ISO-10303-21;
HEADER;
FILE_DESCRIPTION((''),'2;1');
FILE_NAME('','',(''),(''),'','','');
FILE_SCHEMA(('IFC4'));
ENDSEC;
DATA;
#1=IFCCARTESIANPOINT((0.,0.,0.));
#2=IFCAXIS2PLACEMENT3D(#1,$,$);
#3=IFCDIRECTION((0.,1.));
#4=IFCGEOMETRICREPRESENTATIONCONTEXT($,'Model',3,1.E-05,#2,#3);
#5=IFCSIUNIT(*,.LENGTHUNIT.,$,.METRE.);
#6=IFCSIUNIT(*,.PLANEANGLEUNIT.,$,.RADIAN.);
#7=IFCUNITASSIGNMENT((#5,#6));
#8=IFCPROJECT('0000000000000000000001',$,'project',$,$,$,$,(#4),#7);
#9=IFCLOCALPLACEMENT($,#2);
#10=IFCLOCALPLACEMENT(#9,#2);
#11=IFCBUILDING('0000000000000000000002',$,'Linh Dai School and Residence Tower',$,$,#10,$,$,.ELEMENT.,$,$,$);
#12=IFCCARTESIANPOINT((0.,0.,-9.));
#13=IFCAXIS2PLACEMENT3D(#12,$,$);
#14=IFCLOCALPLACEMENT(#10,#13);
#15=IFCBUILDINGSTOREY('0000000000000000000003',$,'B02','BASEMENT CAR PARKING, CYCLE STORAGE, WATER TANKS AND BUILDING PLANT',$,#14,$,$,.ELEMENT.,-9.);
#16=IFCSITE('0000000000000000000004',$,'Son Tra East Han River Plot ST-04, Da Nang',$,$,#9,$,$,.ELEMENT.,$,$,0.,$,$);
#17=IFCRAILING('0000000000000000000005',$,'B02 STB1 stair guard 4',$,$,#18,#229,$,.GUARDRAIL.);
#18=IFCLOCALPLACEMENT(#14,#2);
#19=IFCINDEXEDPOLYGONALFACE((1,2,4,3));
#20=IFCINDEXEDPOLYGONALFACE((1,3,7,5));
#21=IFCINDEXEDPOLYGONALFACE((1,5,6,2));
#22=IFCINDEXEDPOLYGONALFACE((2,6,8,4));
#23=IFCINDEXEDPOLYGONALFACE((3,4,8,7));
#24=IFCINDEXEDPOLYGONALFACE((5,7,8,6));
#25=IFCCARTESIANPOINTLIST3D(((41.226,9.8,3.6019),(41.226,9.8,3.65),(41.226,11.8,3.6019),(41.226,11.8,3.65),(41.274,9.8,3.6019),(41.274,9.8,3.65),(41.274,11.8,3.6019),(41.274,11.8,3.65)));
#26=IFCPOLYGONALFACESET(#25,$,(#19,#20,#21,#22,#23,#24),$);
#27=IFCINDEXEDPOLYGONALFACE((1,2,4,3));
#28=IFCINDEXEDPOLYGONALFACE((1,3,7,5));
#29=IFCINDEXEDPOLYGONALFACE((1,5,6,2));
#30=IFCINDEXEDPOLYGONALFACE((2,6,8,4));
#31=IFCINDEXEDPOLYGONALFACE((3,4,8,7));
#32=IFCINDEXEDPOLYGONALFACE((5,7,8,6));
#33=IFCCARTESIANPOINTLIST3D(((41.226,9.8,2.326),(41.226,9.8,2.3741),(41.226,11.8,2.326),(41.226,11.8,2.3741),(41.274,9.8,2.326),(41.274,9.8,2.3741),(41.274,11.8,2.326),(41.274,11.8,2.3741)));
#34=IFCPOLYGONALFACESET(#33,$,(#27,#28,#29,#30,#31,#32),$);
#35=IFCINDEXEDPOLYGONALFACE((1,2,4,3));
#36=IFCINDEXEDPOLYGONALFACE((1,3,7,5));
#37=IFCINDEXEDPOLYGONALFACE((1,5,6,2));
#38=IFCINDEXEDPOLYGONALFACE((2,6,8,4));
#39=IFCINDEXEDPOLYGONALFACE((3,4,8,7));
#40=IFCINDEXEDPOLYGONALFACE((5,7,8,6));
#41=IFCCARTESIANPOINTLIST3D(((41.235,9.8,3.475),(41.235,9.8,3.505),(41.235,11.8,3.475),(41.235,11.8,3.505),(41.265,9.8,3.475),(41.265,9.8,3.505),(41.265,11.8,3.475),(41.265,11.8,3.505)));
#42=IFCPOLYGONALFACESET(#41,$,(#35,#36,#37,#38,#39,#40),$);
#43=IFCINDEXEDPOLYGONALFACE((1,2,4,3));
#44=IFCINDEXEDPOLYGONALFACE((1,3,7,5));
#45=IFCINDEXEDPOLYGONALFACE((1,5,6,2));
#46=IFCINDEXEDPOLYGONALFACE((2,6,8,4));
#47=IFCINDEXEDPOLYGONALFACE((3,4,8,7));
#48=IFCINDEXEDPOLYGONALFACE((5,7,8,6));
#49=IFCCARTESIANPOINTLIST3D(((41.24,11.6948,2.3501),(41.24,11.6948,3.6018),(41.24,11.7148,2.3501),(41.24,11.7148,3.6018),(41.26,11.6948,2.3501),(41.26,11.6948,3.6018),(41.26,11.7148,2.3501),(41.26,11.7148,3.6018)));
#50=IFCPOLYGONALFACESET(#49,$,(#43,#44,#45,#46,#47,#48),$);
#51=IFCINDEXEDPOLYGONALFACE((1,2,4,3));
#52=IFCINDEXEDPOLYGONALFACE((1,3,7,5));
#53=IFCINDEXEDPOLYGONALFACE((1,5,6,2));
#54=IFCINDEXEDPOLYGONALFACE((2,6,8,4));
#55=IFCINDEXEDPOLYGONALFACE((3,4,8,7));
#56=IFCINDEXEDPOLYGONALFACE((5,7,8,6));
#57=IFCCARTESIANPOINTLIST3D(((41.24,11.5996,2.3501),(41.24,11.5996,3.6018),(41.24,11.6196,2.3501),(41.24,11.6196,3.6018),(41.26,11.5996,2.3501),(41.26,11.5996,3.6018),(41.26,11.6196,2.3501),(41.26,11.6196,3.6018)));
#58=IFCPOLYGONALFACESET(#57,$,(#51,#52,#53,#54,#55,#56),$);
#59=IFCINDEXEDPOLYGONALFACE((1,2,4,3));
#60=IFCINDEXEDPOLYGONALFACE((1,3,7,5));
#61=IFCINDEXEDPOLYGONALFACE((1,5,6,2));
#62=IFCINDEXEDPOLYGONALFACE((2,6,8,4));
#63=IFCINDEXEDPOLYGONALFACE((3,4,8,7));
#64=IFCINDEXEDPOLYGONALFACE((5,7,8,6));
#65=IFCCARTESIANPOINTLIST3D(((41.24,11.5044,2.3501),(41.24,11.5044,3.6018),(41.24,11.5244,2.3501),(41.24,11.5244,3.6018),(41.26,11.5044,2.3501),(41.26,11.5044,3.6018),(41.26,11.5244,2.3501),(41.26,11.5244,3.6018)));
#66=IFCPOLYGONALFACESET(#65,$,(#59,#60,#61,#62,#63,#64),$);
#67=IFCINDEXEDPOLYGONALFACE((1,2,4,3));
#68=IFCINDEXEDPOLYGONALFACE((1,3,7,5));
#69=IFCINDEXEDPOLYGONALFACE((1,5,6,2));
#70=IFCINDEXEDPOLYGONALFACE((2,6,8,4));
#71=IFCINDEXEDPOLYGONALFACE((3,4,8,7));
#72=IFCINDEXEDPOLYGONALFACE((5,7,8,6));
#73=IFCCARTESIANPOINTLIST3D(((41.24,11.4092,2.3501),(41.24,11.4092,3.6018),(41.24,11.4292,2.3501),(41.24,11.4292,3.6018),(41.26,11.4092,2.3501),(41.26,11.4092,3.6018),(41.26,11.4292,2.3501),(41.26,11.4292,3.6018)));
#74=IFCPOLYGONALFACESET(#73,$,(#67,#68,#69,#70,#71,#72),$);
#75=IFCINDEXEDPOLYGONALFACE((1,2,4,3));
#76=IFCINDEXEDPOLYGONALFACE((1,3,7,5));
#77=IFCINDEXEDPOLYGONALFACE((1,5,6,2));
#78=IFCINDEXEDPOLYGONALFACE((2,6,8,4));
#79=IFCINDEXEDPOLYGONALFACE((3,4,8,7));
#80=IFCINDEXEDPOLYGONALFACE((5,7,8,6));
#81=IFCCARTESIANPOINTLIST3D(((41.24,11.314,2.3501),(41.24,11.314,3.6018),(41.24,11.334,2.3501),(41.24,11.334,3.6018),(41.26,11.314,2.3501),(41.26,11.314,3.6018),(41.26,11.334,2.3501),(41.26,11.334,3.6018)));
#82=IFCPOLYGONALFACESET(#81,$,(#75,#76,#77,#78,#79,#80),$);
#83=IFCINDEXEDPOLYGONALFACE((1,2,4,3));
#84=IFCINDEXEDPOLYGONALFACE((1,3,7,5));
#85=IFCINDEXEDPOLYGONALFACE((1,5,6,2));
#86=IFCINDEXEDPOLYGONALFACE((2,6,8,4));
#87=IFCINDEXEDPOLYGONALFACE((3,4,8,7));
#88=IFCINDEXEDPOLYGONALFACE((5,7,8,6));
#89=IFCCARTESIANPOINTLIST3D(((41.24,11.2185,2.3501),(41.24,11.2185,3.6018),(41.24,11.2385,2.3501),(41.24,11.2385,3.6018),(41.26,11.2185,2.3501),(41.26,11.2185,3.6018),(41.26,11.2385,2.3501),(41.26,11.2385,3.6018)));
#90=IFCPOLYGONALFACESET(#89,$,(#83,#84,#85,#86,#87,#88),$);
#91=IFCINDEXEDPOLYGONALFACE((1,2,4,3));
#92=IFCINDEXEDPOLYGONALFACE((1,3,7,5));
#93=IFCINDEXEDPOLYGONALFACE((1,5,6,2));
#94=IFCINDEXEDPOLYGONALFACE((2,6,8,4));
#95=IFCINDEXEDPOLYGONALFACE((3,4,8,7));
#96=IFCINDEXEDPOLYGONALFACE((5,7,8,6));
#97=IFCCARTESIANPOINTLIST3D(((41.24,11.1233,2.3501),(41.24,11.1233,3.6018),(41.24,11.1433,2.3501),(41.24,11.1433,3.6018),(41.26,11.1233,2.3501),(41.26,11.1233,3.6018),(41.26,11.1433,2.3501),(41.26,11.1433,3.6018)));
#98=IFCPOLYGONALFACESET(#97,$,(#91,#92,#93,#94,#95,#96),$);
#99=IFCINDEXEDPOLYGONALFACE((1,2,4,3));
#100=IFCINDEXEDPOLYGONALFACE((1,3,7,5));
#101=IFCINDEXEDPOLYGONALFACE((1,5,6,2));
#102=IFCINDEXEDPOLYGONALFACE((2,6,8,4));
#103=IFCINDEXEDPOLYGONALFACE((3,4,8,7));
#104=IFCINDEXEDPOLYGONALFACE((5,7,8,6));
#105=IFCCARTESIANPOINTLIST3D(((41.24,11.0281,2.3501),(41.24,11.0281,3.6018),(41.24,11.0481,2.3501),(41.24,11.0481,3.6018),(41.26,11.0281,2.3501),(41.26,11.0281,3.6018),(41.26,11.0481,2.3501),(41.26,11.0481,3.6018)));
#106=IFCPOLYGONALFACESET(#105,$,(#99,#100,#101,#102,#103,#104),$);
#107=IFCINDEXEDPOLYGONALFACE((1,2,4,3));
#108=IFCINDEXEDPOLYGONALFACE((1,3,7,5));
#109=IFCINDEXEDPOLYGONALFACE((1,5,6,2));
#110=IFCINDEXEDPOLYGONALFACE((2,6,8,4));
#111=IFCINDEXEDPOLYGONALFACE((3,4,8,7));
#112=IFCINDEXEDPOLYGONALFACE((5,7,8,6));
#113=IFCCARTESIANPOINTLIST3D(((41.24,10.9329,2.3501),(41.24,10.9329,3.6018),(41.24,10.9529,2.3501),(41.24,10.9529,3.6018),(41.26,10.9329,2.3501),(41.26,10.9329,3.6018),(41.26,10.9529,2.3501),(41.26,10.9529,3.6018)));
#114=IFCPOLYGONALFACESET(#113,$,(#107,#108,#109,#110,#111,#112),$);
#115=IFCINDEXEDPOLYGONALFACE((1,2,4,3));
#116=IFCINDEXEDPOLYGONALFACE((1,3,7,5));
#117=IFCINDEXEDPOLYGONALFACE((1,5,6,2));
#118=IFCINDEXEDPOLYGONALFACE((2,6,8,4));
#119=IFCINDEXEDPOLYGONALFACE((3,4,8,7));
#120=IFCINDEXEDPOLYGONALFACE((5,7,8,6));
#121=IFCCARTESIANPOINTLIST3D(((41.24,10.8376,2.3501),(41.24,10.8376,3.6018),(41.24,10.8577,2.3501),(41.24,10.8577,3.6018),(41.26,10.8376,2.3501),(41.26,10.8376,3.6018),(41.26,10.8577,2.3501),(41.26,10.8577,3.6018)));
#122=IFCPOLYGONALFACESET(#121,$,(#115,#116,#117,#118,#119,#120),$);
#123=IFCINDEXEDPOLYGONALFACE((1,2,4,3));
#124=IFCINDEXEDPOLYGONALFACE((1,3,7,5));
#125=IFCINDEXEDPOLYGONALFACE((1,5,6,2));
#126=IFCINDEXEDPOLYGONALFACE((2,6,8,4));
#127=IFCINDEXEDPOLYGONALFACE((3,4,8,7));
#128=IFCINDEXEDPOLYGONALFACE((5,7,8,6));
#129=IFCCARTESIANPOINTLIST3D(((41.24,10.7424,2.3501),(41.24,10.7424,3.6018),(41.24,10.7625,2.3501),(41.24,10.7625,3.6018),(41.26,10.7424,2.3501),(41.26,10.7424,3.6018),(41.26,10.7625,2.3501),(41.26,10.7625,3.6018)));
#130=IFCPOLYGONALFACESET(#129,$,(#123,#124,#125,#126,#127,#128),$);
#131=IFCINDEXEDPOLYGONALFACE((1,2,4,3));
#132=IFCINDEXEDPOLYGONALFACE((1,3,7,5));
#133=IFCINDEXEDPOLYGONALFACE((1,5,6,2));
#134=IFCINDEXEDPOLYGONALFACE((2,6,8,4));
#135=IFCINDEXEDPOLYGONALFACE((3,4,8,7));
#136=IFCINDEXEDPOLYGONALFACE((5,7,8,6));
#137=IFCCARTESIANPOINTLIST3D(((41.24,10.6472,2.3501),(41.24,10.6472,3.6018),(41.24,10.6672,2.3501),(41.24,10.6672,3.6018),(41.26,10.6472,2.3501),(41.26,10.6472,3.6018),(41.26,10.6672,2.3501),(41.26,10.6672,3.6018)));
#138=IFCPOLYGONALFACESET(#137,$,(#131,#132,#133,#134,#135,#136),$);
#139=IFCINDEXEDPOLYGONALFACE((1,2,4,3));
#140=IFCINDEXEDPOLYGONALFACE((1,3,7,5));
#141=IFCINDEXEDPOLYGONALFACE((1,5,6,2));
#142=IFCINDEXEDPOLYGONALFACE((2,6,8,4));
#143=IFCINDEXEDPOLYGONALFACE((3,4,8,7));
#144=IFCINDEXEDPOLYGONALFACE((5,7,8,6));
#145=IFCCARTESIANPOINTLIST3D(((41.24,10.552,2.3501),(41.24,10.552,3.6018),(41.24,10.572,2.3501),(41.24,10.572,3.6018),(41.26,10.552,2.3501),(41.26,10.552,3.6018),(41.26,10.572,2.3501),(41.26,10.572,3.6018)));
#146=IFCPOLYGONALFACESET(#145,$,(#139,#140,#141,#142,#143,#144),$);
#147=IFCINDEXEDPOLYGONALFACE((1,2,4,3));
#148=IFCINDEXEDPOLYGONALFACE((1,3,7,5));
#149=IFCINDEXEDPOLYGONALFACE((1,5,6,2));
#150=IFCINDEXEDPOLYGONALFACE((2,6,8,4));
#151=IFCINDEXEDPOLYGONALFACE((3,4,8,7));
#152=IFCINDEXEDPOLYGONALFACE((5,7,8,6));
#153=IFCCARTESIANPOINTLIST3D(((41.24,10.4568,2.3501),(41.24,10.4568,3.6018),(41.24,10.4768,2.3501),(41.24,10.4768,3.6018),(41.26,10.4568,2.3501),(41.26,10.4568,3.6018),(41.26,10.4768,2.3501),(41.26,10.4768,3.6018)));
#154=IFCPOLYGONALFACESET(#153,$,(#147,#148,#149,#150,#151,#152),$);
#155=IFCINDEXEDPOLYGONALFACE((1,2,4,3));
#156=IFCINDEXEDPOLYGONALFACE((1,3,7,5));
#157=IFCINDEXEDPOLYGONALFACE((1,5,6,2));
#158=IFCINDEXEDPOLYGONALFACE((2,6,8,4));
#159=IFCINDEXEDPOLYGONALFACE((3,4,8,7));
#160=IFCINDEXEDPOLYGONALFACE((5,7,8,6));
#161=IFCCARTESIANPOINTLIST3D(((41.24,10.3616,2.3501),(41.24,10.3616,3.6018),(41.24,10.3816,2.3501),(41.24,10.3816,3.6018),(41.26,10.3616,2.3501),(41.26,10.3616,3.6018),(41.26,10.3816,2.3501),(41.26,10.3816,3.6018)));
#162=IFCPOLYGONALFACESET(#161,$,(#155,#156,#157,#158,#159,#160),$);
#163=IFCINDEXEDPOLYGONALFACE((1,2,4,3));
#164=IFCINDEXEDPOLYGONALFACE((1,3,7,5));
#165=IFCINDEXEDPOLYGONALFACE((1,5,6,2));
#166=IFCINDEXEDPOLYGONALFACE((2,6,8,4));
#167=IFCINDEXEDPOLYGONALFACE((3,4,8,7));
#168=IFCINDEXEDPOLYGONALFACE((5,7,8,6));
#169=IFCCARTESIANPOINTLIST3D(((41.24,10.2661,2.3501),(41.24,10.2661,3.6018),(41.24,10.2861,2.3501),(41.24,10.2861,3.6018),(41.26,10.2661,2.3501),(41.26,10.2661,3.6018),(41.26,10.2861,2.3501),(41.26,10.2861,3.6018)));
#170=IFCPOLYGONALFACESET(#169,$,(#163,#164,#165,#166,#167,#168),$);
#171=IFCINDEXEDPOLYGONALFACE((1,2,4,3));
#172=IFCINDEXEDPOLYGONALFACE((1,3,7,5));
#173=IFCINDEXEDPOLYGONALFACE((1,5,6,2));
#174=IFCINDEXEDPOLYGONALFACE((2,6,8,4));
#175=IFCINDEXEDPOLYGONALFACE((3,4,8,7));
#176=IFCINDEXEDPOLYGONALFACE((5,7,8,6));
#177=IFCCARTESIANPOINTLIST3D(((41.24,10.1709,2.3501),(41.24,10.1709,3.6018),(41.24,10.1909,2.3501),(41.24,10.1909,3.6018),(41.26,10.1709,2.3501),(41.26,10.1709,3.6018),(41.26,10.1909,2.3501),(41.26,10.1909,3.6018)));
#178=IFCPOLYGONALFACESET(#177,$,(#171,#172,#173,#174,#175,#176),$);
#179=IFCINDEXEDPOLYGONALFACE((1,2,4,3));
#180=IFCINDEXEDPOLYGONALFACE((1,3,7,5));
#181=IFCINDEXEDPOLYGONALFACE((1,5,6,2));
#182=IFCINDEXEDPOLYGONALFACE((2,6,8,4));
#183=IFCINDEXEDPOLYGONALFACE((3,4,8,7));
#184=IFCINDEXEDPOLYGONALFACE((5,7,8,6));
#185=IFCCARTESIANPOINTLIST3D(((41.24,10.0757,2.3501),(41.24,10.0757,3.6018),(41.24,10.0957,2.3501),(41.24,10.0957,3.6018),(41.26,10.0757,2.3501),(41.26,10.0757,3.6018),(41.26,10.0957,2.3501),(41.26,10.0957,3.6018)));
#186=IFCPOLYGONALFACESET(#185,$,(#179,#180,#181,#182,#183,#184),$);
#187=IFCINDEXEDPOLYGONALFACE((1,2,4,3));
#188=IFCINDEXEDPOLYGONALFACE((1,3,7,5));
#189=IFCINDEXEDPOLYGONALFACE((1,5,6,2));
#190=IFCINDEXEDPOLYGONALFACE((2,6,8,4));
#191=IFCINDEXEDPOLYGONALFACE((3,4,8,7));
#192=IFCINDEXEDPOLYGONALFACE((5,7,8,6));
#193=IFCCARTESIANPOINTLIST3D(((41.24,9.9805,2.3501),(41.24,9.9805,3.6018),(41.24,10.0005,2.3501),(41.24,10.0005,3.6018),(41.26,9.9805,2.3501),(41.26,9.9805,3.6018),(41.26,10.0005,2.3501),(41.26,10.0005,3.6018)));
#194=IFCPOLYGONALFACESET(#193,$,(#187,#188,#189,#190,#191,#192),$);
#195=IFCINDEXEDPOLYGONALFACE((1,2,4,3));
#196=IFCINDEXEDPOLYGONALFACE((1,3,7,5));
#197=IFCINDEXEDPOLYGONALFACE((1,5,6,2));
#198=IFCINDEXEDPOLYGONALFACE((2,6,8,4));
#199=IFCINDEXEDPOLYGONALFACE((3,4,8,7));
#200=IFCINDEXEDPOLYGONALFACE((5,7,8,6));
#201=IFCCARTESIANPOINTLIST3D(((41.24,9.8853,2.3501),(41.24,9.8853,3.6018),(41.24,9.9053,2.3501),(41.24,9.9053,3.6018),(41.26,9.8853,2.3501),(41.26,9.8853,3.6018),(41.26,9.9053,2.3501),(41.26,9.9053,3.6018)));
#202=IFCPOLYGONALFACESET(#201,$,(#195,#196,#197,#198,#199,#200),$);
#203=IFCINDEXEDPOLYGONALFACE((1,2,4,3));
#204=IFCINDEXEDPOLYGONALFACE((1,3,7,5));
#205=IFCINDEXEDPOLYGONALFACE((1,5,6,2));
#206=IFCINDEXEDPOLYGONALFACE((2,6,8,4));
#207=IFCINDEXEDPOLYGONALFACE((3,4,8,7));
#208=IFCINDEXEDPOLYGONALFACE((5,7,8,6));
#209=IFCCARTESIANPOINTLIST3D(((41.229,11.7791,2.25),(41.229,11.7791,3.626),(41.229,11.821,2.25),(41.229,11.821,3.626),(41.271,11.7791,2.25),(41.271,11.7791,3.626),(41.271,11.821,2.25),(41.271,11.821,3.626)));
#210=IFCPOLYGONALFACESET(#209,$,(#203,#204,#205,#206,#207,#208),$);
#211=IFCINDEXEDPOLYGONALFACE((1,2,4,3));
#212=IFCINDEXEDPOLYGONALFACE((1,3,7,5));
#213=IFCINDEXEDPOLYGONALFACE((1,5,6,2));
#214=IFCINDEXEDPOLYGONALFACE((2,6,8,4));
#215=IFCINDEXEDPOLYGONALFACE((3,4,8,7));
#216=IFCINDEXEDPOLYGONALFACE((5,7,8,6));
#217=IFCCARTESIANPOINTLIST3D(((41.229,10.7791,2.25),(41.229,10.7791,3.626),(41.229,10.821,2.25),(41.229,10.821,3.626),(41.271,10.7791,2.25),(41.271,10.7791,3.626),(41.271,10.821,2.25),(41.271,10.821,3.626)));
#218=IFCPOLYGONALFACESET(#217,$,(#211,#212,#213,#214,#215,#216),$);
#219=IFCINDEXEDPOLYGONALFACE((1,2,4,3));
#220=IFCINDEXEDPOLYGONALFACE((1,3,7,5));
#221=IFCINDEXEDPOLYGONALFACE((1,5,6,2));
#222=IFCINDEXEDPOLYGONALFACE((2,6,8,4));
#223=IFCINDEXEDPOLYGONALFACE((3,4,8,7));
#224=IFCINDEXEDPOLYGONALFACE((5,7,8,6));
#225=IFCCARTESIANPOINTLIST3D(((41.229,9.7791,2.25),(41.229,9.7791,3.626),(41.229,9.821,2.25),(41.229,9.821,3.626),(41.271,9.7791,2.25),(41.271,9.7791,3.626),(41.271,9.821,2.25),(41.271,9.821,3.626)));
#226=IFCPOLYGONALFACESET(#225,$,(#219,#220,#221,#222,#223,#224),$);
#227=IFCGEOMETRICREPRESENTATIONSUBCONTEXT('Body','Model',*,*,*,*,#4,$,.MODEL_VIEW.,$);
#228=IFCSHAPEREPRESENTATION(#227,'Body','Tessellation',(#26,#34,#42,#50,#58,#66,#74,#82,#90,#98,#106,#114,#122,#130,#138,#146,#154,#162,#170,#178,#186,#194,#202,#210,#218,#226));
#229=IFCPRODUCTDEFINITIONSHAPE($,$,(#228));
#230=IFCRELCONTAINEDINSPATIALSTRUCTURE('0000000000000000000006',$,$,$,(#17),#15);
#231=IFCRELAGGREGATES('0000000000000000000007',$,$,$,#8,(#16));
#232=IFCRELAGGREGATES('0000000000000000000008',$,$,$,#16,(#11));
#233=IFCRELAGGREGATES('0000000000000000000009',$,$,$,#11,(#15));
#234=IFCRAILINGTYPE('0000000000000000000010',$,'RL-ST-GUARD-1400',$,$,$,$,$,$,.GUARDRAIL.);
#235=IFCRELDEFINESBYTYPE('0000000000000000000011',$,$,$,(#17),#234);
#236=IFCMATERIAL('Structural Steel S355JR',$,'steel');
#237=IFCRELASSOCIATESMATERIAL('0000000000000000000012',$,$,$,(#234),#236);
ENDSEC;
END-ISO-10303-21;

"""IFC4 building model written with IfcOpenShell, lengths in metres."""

from ifc_helpers import new_model, si_unit, direction, frame, origin, origin_2d, place, context, subcontext, project, spatial, rectangle, extrude, source, transform, mapped, material, type_object, element, save


model = new_model("IFC4")

# Units and contexts
model_context = context("Model", 3, precision=1e-05, world=origin(), true_north=direction((0.0, 1.0)))
body_context = subcontext(model_context, "Body", "Model", "MODEL_VIEW")
ifc_project = project(units=[si_unit("LENGTHUNIT", "METRE"), si_unit("PLANEANGLEUNIT", "RADIAN")], contexts=[model_context])

# Site, building, storey
site_placement = place(None, origin())
site = spatial("IfcSite", under=ifc_project, at=site_placement, Name="Son Tra East Han River Plot ST-04, Da Nang", CompositionType="ELEMENT", RefElevation=0.0)
building_placement = place(site_placement, origin())
building = spatial("IfcBuilding", under=site, at=building_placement, Name="Linh Dai School and Residence Tower", CompositionType="ELEMENT")
storey_placement = place(building_placement, frame((0.0, 0.0, -9.0)))
storey = spatial("IfcBuildingStorey", under=building, at=storey_placement, Name="B02", Description="BASEMENT CAR PARKING, CYCLE STORAGE, WATER TANKS AND BUILDING PLANT", CompositionType="ELEMENT", Elevation=-9.0)

# Shared definitions
ifc_material_1 = material(Name="Structural Steel S355JR", Category="steel")

# Railing
railing_type_1 = type_object("IfcRailingType", Name="RL-ST-GUARD-1400", PredefinedType="GUARDRAIL", material=ifc_material_1)
shared_shape_1 = source(origin(), body_context, "Body", "SweptSolid", [
    extrude(rectangle(XDim=0.0481, YDim=0.0481, at=origin_2d()), frame((0.0, 0.0, 1.376), z_axis=(0.0, -1.0, 0.0), x_axis=(1.0, 0.0, 0.0)), (0.0, 0.0, 1.0), 2.0),
    extrude(rectangle(XDim=0.0481, YDim=0.0481, at=origin_2d()), frame((0.0, 0.0, 0.1001), z_axis=(0.0, -1.0, 0.0), x_axis=(1.0, 0.0, 0.0)), (0.0, 0.0, 1.0), 2.0),
    extrude(rectangle(XDim=0.03, YDim=0.03, at=origin_2d()), frame((0.0, 0.0, 1.24), z_axis=(0.0, -1.0, 0.0), x_axis=(1.0, 0.0, 0.0)), (0.0, 0.0, 1.0), 2.0),
    extrude(rectangle(XDim=0.02, YDim=0.02, at=origin_2d()), frame((0.0, -0.0952, 0.1001)), (0.0, 0.0, 1.0), 1.2517),
    extrude(rectangle(XDim=0.02, YDim=0.02, at=origin_2d()), frame((0.0, -0.1904, 0.1001)), (0.0, 0.0, 1.0), 1.2517),
    extrude(rectangle(XDim=0.02, YDim=0.02, at=origin_2d()), frame((0.0, -0.2856, 0.1001)), (0.0, 0.0, 1.0), 1.2517),
    extrude(rectangle(XDim=0.02, YDim=0.02, at=origin_2d()), frame((0.0, -0.3809, 0.1001)), (0.0, 0.0, 1.0), 1.2517),
    extrude(rectangle(XDim=0.02, YDim=0.02, at=origin_2d()), frame((0.0, -0.4761, 0.1001)), (0.0, 0.0, 1.0), 1.2517),
    extrude(rectangle(XDim=0.02, YDim=0.02, at=origin_2d()), frame((0.0, -0.5715, 0.1001)), (0.0, 0.0, 1.0), 1.2517),
    extrude(rectangle(XDim=0.02, YDim=0.02, at=origin_2d()), frame((0.0, -0.6667, 0.1001)), (0.0, 0.0, 1.0), 1.2517),
    extrude(rectangle(XDim=0.02, YDim=0.02, at=origin_2d()), frame((0.0, -0.762, 0.1001)), (0.0, 0.0, 1.0), 1.2517),
    extrude(rectangle(XDim=0.02, YDim=0.02, at=origin_2d()), frame((0.0, -0.8572, 0.1001)), (0.0, 0.0, 1.0), 1.2517),
    extrude(rectangle(XDim=0.02, YDim=0.02, at=origin_2d()), frame((0.0, -0.9524, 0.1001)), (0.0, 0.0, 1.0), 1.2517),
    extrude(rectangle(XDim=0.02, YDim=0.02, at=origin_2d()), frame((0.0, -1.0476, 0.1001)), (0.0, 0.0, 1.0), 1.2517),
    extrude(rectangle(XDim=0.02, YDim=0.02, at=origin_2d()), frame((0.0, -1.1428, 0.1001)), (0.0, 0.0, 1.0), 1.2517),
    extrude(rectangle(XDim=0.02, YDim=0.02, at=origin_2d()), frame((0.0, -1.238, 0.1001)), (0.0, 0.0, 1.0), 1.2517),
    extrude(rectangle(XDim=0.02, YDim=0.02, at=origin_2d()), frame((0.0, -1.3333, 0.1001)), (0.0, 0.0, 1.0), 1.2517),
    extrude(rectangle(XDim=0.02, YDim=0.02, at=origin_2d()), frame((0.0, -1.4285, 0.1001)), (0.0, 0.0, 1.0), 1.2517),
    extrude(rectangle(XDim=0.02, YDim=0.02, at=origin_2d()), frame((0.0, -1.5239, 0.1001)), (0.0, 0.0, 1.0), 1.2517),
    extrude(rectangle(XDim=0.02, YDim=0.02, at=origin_2d()), frame((0.0, -1.6191, 0.1001)), (0.0, 0.0, 1.0), 1.2517),
    extrude(rectangle(XDim=0.02, YDim=0.02, at=origin_2d()), frame((0.0, -1.7144, 0.1001)), (0.0, 0.0, 1.0), 1.2517),
    extrude(rectangle(XDim=0.02, YDim=0.02, at=origin_2d()), frame((0.0, -1.8096, 0.1001)), (0.0, 0.0, 1.0), 1.2517),
    extrude(rectangle(XDim=0.02, YDim=0.02, at=origin_2d()), frame((0.0, -1.9048, 0.1001)), (0.0, 0.0, 1.0), 1.2517),
    extrude(rectangle(XDim=0.042, YDim=0.042, at=origin_2d()), origin(), (0.0, 0.0, 1.0), 1.376),
    extrude(rectangle(XDim=0.042, YDim=0.042, at=origin_2d()), frame((0.0, -1.0, 0.0)), (0.0, 0.0, 1.0), 1.376),
    extrude(rectangle(XDim=0.042, YDim=0.042, at=origin_2d()), frame((0.0, -2.0, 0.0)), (0.0, 0.0, 1.0), 1.376),
])
railing_1_placement = place(storey_placement, frame((41.25, 11.8, 2.25)))
element("IfcRailing", 1, at=railing_1_placement, inside=storey, type_object=railing_type_1, Name="B02 STB1 stair guard 4", PredefinedType="GUARDRAIL", context=body_context, shape_type="MappedRepresentation", body=[
    mapped(shared_shape_1, transform((0.0, 0.0, 0.0), x_axis=(1.0, 0.0, 0.0), y_axis=(0.0, 1.0, 0.0), z_axis=(0.0, 0.0, 1.0), scale=1.0)),
])

save(model, "model.ifc")
